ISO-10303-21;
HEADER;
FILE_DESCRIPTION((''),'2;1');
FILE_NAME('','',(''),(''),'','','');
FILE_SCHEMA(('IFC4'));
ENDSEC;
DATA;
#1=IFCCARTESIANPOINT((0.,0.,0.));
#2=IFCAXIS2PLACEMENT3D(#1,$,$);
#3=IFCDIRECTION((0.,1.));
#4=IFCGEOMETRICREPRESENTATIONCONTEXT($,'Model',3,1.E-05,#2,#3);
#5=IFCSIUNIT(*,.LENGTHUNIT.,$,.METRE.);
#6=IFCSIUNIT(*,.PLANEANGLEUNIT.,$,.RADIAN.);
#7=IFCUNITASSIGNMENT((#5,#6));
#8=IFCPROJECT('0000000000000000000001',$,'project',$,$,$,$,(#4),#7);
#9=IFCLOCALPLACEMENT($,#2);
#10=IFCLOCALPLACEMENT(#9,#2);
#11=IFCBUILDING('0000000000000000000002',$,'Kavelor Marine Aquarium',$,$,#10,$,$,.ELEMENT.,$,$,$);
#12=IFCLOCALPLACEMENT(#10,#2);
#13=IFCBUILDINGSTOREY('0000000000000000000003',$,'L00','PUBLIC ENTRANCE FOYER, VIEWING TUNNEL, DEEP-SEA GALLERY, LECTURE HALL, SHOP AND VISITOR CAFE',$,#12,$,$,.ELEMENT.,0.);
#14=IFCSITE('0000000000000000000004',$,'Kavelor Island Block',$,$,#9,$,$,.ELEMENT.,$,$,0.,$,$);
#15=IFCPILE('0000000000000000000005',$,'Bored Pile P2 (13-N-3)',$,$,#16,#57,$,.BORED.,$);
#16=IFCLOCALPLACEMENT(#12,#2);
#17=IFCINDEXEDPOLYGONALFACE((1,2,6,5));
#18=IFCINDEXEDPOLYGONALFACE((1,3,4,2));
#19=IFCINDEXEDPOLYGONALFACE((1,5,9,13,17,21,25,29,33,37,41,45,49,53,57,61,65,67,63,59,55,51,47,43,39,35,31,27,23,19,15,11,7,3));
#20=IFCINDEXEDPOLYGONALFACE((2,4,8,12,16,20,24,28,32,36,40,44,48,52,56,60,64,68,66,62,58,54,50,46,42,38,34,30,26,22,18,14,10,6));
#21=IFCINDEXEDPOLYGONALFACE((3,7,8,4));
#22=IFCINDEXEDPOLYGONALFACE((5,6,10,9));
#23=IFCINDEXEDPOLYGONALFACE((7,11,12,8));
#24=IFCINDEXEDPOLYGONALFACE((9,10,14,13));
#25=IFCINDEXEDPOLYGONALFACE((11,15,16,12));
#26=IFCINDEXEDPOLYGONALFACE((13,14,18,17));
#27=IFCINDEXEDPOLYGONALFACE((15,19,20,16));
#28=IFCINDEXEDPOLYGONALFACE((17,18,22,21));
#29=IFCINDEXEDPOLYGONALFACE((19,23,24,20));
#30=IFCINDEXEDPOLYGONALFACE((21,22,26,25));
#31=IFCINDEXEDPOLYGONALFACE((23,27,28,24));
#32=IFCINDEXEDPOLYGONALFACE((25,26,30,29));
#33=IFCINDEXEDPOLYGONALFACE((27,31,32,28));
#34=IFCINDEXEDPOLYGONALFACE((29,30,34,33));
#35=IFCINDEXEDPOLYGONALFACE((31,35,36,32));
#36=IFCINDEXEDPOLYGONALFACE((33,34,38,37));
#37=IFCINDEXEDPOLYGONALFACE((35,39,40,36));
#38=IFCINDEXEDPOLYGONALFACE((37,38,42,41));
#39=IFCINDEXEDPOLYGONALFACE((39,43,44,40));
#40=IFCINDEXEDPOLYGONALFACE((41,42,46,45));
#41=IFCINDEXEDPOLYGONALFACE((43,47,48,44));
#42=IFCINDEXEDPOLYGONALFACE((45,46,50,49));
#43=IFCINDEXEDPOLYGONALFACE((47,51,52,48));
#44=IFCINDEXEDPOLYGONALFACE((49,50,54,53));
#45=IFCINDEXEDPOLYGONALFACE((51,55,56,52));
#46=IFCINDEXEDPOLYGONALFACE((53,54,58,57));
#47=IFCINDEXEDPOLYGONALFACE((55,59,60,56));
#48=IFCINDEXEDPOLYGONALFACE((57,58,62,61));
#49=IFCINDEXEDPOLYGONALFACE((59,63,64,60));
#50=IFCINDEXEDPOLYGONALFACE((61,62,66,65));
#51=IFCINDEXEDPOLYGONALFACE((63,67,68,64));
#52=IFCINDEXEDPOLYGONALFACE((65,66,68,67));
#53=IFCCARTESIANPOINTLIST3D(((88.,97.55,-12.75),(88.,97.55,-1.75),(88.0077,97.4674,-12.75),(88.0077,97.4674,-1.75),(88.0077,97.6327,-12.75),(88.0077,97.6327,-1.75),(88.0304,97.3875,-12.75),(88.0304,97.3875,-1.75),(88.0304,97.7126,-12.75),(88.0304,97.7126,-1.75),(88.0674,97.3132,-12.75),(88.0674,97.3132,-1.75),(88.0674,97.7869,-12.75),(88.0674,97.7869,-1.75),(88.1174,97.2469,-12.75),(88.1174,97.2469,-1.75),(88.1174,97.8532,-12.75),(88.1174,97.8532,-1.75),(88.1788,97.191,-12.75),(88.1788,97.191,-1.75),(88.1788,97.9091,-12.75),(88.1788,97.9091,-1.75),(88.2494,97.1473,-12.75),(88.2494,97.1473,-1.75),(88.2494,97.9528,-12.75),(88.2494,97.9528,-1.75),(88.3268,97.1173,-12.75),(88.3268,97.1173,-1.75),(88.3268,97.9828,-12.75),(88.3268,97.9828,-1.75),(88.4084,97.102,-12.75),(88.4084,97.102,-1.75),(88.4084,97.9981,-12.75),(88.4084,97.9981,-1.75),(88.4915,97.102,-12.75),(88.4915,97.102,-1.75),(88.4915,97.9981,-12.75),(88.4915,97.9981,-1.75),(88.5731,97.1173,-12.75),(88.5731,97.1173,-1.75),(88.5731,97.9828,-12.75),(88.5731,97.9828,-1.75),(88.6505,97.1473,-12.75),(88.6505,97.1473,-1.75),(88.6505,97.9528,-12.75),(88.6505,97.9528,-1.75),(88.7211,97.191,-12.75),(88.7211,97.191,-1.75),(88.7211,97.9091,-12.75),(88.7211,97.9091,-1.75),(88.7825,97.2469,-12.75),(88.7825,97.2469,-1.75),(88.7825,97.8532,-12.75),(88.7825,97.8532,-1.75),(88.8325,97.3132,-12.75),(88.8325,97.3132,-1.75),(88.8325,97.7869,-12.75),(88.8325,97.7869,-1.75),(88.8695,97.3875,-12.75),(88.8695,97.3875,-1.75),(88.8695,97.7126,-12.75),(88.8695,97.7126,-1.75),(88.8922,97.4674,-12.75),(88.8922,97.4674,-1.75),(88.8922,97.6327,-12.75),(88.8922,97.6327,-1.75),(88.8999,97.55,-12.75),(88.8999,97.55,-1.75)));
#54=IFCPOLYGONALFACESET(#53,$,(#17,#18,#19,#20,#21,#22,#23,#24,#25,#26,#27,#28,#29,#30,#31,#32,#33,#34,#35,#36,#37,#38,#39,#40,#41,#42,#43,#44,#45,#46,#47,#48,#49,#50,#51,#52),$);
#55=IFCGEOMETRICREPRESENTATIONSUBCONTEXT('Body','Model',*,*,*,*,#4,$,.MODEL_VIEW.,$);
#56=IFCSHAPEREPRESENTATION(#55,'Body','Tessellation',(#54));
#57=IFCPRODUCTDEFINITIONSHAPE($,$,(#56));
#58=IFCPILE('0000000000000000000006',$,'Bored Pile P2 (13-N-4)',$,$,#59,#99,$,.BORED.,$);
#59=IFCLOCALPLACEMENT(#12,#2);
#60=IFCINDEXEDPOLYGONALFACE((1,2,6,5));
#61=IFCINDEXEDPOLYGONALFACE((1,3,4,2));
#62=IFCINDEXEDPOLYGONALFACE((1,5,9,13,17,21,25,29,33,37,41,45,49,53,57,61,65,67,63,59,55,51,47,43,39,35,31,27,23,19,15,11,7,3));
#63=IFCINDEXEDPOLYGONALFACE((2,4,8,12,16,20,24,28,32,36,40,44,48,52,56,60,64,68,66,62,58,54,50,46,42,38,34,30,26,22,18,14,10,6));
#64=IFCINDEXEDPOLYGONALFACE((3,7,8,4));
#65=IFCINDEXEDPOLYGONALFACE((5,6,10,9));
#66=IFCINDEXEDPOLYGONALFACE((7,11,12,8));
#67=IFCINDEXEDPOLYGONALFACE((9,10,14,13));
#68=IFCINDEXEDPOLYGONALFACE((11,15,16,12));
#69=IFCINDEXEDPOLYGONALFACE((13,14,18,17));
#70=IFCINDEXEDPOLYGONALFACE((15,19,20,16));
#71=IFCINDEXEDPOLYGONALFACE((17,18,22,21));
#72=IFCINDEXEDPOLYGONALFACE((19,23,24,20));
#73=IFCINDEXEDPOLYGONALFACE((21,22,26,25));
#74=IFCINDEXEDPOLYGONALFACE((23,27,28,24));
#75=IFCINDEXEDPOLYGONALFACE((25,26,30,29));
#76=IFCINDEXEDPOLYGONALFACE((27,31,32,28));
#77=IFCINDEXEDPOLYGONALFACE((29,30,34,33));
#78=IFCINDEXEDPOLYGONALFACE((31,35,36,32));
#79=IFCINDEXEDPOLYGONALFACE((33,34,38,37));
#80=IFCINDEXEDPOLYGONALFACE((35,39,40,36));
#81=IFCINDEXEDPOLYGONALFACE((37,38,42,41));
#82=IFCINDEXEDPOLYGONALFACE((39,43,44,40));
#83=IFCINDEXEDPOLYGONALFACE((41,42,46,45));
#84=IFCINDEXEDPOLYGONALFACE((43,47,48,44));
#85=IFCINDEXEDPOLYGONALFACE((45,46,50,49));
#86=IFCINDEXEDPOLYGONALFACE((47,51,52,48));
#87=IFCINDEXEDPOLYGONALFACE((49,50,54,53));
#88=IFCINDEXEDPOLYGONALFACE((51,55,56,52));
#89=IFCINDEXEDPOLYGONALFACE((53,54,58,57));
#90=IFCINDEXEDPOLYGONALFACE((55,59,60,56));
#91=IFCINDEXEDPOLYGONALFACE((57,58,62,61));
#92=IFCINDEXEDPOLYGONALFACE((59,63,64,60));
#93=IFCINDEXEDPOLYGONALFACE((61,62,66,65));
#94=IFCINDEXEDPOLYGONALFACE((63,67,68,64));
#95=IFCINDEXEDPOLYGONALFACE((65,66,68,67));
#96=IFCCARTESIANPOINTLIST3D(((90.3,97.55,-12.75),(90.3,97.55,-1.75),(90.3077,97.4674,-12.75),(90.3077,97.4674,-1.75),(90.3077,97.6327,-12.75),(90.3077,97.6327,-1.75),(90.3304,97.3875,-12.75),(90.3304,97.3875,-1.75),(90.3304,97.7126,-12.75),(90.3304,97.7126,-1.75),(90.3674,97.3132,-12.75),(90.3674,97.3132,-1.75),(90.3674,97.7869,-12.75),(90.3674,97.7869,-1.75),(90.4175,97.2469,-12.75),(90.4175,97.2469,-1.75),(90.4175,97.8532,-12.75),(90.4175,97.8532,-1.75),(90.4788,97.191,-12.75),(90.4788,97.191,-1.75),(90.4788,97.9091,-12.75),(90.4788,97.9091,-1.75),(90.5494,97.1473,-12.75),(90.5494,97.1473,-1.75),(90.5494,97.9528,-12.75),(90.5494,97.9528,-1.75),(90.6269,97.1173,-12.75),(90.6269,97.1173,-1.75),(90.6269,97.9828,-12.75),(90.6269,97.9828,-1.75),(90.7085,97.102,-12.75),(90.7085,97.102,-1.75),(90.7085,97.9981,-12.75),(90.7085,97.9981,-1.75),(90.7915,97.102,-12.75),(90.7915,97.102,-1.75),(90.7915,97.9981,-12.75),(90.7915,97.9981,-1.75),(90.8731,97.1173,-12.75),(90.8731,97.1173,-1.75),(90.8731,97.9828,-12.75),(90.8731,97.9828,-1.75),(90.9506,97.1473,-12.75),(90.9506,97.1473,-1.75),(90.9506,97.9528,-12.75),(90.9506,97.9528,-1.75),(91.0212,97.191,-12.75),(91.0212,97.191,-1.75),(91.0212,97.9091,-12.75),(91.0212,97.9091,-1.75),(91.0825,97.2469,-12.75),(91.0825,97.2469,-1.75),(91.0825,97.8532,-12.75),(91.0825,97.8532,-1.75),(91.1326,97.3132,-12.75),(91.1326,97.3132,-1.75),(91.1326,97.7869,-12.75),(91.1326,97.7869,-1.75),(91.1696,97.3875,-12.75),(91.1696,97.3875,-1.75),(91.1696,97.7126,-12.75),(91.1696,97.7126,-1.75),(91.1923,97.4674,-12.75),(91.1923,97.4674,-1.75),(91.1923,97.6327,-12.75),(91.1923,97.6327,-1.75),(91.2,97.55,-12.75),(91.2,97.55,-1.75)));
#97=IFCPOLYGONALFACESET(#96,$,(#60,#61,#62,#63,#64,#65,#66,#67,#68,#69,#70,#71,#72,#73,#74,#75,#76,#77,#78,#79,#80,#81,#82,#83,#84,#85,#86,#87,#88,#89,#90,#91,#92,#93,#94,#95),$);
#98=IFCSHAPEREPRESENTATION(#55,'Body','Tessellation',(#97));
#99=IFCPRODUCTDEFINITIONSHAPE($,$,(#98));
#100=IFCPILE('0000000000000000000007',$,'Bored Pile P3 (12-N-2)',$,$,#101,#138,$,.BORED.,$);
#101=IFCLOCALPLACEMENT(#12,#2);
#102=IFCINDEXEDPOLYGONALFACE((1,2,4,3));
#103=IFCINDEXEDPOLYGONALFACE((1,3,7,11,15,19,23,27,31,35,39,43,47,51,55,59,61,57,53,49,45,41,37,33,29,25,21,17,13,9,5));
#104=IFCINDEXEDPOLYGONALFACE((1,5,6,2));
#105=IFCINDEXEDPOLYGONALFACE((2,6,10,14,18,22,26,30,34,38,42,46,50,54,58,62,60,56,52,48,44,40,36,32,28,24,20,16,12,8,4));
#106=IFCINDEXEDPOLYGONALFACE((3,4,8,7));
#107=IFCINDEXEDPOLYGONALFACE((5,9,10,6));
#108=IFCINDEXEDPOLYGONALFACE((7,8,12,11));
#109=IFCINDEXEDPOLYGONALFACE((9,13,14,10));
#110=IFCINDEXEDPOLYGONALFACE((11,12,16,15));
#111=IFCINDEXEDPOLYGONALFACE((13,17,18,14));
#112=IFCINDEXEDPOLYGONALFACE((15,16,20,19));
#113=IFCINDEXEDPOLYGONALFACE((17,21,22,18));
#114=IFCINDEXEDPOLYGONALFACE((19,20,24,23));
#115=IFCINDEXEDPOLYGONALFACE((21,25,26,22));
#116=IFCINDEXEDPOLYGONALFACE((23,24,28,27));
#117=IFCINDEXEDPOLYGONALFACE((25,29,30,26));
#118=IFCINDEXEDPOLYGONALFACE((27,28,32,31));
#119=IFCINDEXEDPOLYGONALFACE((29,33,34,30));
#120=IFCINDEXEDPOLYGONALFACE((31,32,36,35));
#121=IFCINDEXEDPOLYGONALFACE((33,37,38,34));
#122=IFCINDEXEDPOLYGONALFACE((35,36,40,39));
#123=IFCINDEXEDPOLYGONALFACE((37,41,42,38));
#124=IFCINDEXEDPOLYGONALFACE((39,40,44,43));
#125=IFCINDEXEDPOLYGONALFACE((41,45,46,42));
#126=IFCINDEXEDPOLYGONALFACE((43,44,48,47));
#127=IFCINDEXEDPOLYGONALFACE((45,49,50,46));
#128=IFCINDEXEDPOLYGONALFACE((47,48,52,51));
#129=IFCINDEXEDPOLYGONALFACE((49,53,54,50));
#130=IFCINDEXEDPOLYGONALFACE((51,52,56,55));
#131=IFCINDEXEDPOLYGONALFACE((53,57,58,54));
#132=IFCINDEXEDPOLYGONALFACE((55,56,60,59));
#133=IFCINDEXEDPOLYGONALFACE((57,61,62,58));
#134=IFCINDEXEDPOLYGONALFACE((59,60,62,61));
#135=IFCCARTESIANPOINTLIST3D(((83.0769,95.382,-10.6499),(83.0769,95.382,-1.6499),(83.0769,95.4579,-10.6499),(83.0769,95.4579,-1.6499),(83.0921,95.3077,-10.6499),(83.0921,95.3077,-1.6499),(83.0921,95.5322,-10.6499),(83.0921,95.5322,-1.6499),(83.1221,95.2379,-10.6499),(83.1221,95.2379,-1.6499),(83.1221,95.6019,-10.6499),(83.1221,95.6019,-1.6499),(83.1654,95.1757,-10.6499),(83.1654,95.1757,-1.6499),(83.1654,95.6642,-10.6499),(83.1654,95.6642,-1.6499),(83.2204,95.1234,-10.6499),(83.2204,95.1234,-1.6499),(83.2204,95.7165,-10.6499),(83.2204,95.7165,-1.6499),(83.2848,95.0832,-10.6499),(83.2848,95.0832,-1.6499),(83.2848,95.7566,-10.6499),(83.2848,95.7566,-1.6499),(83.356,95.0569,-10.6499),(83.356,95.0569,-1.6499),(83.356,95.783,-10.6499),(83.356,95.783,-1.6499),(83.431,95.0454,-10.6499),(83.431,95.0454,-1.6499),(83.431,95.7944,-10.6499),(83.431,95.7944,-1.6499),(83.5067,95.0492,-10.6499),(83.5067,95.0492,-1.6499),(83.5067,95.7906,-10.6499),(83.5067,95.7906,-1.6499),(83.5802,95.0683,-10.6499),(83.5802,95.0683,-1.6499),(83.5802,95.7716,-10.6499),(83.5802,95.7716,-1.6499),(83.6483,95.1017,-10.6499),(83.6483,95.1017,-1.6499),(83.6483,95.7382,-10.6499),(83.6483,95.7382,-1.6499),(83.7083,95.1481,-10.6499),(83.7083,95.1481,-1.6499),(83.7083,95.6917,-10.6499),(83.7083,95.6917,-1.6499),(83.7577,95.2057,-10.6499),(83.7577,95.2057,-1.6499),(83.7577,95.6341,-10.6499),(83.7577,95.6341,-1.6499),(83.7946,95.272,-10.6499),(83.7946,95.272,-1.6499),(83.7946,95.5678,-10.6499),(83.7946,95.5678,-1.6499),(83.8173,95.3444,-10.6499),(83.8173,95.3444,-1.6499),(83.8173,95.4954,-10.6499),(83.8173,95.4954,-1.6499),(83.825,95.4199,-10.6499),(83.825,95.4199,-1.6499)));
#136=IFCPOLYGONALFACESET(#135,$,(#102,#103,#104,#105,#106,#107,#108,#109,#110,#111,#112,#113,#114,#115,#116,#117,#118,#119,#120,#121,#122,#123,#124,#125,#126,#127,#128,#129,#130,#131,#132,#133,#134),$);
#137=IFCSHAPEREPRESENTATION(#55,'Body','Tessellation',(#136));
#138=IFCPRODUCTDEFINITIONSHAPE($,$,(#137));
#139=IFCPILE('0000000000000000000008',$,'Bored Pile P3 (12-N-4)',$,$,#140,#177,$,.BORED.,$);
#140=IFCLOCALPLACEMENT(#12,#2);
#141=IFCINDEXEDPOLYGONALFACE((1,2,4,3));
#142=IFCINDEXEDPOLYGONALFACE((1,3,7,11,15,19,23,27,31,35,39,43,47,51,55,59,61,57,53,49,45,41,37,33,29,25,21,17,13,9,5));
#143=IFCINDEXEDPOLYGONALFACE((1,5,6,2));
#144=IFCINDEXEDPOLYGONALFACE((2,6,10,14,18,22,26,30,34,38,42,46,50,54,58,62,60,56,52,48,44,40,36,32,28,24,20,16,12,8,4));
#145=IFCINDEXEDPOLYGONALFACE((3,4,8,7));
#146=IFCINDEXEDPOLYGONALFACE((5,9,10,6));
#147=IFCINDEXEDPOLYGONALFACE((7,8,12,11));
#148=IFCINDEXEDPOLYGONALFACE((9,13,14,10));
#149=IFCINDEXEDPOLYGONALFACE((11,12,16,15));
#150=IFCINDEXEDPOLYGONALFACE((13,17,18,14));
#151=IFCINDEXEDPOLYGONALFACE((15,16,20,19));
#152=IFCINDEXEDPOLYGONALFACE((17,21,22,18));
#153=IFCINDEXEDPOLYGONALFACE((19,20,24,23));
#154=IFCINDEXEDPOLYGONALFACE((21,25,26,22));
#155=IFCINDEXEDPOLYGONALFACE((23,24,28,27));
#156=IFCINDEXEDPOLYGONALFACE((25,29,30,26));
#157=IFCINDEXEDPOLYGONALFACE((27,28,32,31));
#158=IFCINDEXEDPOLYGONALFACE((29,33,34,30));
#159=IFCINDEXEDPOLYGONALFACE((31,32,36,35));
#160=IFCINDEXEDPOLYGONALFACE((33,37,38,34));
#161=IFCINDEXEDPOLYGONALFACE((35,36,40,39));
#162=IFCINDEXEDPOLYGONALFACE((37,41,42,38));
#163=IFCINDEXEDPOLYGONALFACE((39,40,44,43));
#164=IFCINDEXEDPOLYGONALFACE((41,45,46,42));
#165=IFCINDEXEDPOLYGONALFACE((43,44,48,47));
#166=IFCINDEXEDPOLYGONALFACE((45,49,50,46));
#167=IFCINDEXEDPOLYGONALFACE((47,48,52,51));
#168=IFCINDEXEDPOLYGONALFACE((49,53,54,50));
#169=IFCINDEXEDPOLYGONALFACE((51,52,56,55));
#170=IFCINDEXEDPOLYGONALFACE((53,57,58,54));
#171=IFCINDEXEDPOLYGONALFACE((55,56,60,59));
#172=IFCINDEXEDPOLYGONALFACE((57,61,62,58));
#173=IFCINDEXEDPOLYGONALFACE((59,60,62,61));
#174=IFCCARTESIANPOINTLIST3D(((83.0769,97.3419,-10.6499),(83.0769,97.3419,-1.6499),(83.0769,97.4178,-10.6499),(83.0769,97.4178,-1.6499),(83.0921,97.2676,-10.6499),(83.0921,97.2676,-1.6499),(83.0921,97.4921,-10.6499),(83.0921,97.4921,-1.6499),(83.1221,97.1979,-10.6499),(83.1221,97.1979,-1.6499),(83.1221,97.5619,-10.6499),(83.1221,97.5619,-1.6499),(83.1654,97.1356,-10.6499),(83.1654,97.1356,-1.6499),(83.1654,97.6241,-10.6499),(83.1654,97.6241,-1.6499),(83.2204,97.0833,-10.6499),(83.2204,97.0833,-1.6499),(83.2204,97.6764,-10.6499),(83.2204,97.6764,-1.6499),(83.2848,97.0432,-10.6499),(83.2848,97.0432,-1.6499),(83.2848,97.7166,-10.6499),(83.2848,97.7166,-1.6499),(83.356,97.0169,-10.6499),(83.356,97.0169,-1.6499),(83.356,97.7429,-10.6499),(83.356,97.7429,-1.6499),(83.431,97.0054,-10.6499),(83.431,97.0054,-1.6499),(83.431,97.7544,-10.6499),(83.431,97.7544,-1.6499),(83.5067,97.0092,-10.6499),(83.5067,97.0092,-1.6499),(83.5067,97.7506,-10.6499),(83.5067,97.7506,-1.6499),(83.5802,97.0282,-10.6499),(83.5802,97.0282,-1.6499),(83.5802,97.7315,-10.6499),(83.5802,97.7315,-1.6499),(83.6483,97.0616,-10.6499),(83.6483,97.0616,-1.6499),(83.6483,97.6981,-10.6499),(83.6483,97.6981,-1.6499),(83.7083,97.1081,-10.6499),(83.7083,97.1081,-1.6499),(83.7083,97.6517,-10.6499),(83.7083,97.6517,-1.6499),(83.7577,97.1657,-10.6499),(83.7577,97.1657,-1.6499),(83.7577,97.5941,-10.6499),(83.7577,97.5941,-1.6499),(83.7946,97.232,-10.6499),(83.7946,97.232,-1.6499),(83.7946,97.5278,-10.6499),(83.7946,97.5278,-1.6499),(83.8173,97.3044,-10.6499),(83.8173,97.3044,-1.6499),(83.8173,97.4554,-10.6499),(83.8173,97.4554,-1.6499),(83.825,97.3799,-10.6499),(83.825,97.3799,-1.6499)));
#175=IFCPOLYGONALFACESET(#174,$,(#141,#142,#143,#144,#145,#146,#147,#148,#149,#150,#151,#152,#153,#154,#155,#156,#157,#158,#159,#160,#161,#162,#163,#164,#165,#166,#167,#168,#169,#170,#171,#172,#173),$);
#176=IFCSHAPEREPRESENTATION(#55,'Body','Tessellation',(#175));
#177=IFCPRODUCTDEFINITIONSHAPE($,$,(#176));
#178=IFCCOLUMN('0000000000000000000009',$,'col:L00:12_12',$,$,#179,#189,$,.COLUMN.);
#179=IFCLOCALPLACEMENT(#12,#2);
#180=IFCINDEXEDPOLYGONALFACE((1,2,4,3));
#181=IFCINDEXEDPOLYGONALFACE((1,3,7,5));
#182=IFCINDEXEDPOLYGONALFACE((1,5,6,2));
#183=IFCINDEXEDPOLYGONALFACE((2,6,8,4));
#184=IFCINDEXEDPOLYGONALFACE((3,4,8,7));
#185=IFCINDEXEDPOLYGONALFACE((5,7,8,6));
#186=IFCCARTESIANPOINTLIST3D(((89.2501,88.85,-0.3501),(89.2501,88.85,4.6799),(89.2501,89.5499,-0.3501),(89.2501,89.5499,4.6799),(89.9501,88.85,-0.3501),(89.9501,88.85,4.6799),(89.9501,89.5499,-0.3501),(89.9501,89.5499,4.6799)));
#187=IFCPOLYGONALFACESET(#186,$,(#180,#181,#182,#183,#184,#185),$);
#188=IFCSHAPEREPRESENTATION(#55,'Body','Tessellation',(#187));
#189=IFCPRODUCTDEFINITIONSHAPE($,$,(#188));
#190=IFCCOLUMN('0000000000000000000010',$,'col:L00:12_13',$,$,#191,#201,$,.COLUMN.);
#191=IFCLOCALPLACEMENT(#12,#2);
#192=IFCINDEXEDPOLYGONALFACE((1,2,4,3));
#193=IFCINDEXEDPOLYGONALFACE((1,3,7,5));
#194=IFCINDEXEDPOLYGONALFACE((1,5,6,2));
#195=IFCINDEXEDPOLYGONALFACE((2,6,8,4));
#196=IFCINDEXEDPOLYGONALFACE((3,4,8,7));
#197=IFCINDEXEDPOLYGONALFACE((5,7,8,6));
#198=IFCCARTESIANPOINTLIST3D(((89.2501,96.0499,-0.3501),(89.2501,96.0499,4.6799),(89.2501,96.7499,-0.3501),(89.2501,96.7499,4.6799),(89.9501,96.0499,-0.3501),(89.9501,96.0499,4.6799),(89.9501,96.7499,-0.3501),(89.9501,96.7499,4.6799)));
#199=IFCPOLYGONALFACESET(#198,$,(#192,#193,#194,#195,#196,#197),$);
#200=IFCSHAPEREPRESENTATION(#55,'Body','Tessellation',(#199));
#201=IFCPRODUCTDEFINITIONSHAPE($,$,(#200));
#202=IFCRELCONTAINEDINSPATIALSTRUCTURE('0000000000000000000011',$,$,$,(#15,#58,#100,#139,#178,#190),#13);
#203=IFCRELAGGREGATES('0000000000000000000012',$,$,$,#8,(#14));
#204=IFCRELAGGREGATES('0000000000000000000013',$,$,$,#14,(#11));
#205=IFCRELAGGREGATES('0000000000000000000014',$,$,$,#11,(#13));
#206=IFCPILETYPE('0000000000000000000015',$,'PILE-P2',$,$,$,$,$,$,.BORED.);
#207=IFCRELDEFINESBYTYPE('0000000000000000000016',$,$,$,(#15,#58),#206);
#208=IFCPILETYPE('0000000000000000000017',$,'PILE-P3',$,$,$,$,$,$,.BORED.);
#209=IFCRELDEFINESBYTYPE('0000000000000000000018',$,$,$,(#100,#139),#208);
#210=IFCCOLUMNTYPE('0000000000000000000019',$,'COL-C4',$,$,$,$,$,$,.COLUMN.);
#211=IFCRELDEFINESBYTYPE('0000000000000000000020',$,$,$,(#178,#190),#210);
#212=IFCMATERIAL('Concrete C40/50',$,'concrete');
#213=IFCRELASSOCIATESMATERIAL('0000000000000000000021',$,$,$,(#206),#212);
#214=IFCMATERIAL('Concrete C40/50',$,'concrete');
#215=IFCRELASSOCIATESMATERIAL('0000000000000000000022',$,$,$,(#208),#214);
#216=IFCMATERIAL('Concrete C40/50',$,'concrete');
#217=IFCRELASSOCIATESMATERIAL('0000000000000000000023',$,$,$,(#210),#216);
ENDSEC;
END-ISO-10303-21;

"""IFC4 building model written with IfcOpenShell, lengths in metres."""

from ifc_helpers import new_model, si_unit, direction, frame, origin, origin_2d, place, context, subcontext, project, spatial, rectangle, circle, extrude, material, material_profile, profile_set, type_object, element, save


model = new_model("IFC4")

# Units and contexts
model_context = context("Model", 3, precision=1e-05, world=origin(), true_north=direction((0.0, 1.0)))
body_context = subcontext(model_context, "Body", "Model", "MODEL_VIEW")
ifc_project = project(units=[si_unit("LENGTHUNIT", "METRE"), si_unit("PLANEANGLEUNIT", "RADIAN")], contexts=[model_context])

# Site, building, storey
site_placement = place(None, origin())
site = spatial("IfcSite", under=ifc_project, at=site_placement, Name="Kavelor Island Block", CompositionType="ELEMENT", RefElevation=0.0)
building_placement = place(site_placement, origin())
building = spatial("IfcBuilding", under=site, at=building_placement, Name="Kavelor Marine Aquarium", CompositionType="ELEMENT")
storey_placement = place(building_placement, origin())
storey = spatial("IfcBuildingStorey", under=building, at=storey_placement, Name="L00", Description="PUBLIC ENTRANCE FOYER, VIEWING TUNNEL, DEEP-SEA GALLERY, LECTURE HALL, SHOP AND VISITOR CAFE", CompositionType="ELEMENT", Elevation=0.0)

# Piles
ifc_material_1 = material(Name="Concrete C40/50", Category="concrete")
ifc_material_profile_1 = material_profile(ifc_material_1, circle(Radius=0.45, at=origin_2d()), Name="PILE D900")
ifc_profile_set_1 = profile_set([ifc_material_profile_1], Name="Concrete C40/50")
pile_type_1 = type_object("IfcPileType", Name="PILE-P2", PredefinedType="BORED", material=ifc_profile_set_1)
for number, where, z_axis, x_axis, name in (
    (1, (88.45, 97.55, -1.75), (0.0, 0.0, -1.0), (1.0, 0.0, 0.0), "Bored Pile P2 (13-N-3)"),
    (2, (90.75, 97.55, -1.75), (0.0, 0.0, -1.0), (1.0, 0.0, 0.0), "Bored Pile P2 (13-N-4)"),
):
    element("IfcPile", number, at=place(storey_placement, frame(where, z_axis=z_axis, x_axis=x_axis)), inside=storey, type_object=pile_type_1, Name=name, PredefinedType="BORED", context=body_context, shape_type="SweptSolid", body=[
        extrude(circle(Radius=0.45, at=origin_2d()), origin(), (0.0, 0.0, 1.0), 11.0),
    ])
ifc_material_2 = material(Name="Concrete C40/50", Category="concrete")
ifc_material_profile_2 = material_profile(ifc_material_2, circle(Radius=0.375, at=origin_2d()), Name="PILE D750")
ifc_profile_set_2 = profile_set([ifc_material_profile_2], Name="Concrete C40/50")
pile_type_2 = type_object("IfcPileType", Name="PILE-P3", PredefinedType="BORED", material=ifc_profile_set_2)
for number, where, z_axis, x_axis, name in (
    (3, (83.45, 95.4199, -1.6499), (0.0, 0.0, -1.0), (1.0, 0.0, 0.0), "Bored Pile P3 (12-N-2)"),
    (4, (83.45, 97.3799, -1.6499), (0.0, 0.0, -1.0), (1.0, 0.0, 0.0), "Bored Pile P3 (12-N-4)"),
):
    element("IfcPile", number, at=place(storey_placement, frame(where, z_axis=z_axis, x_axis=x_axis)), inside=storey, type_object=pile_type_2, Name=name, PredefinedType="BORED", context=body_context, shape_type="SweptSolid", body=[
        extrude(circle(Radius=0.375, at=origin_2d()), origin(), (0.0, 0.0, 1.0), 9.0),
    ])

# Columns
ifc_material_3 = material(Name="Concrete C40/50", Category="concrete")
ifc_material_profile_3 = material_profile(ifc_material_3, rectangle(XDim=0.7, YDim=0.7, at=origin_2d()), Name="RC-COL 700x700")
ifc_profile_set_3 = profile_set([ifc_material_profile_3], Name="Concrete C40/50")
column_type = type_object("IfcColumnType", Name="COL-C4", PredefinedType="COLUMN", material=ifc_profile_set_3)
for number, where, z_axis, x_axis, name in (
    (5, (89.6001, 89.2, -0.3501), (0.0, 0.0, 1.0), (1.0, 0.0, 0.0), "col:L00:12_12"),
    (6, (89.6001, 96.3999, -0.3501), (0.0, 0.0, 1.0), (1.0, 0.0, 0.0), "col:L00:12_13"),
):
    element("IfcColumn", number, at=place(storey_placement, frame(where, z_axis=z_axis, x_axis=x_axis)), inside=storey, type_object=column_type, Name=name, PredefinedType="COLUMN", context=body_context, shape_type="SweptSolid", body=[
        extrude(rectangle(XDim=0.7, YDim=0.7, at=origin_2d()), origin(), (0.0, 0.0, 1.0), 5.03),
    ])

save(model, "model.ifc")
